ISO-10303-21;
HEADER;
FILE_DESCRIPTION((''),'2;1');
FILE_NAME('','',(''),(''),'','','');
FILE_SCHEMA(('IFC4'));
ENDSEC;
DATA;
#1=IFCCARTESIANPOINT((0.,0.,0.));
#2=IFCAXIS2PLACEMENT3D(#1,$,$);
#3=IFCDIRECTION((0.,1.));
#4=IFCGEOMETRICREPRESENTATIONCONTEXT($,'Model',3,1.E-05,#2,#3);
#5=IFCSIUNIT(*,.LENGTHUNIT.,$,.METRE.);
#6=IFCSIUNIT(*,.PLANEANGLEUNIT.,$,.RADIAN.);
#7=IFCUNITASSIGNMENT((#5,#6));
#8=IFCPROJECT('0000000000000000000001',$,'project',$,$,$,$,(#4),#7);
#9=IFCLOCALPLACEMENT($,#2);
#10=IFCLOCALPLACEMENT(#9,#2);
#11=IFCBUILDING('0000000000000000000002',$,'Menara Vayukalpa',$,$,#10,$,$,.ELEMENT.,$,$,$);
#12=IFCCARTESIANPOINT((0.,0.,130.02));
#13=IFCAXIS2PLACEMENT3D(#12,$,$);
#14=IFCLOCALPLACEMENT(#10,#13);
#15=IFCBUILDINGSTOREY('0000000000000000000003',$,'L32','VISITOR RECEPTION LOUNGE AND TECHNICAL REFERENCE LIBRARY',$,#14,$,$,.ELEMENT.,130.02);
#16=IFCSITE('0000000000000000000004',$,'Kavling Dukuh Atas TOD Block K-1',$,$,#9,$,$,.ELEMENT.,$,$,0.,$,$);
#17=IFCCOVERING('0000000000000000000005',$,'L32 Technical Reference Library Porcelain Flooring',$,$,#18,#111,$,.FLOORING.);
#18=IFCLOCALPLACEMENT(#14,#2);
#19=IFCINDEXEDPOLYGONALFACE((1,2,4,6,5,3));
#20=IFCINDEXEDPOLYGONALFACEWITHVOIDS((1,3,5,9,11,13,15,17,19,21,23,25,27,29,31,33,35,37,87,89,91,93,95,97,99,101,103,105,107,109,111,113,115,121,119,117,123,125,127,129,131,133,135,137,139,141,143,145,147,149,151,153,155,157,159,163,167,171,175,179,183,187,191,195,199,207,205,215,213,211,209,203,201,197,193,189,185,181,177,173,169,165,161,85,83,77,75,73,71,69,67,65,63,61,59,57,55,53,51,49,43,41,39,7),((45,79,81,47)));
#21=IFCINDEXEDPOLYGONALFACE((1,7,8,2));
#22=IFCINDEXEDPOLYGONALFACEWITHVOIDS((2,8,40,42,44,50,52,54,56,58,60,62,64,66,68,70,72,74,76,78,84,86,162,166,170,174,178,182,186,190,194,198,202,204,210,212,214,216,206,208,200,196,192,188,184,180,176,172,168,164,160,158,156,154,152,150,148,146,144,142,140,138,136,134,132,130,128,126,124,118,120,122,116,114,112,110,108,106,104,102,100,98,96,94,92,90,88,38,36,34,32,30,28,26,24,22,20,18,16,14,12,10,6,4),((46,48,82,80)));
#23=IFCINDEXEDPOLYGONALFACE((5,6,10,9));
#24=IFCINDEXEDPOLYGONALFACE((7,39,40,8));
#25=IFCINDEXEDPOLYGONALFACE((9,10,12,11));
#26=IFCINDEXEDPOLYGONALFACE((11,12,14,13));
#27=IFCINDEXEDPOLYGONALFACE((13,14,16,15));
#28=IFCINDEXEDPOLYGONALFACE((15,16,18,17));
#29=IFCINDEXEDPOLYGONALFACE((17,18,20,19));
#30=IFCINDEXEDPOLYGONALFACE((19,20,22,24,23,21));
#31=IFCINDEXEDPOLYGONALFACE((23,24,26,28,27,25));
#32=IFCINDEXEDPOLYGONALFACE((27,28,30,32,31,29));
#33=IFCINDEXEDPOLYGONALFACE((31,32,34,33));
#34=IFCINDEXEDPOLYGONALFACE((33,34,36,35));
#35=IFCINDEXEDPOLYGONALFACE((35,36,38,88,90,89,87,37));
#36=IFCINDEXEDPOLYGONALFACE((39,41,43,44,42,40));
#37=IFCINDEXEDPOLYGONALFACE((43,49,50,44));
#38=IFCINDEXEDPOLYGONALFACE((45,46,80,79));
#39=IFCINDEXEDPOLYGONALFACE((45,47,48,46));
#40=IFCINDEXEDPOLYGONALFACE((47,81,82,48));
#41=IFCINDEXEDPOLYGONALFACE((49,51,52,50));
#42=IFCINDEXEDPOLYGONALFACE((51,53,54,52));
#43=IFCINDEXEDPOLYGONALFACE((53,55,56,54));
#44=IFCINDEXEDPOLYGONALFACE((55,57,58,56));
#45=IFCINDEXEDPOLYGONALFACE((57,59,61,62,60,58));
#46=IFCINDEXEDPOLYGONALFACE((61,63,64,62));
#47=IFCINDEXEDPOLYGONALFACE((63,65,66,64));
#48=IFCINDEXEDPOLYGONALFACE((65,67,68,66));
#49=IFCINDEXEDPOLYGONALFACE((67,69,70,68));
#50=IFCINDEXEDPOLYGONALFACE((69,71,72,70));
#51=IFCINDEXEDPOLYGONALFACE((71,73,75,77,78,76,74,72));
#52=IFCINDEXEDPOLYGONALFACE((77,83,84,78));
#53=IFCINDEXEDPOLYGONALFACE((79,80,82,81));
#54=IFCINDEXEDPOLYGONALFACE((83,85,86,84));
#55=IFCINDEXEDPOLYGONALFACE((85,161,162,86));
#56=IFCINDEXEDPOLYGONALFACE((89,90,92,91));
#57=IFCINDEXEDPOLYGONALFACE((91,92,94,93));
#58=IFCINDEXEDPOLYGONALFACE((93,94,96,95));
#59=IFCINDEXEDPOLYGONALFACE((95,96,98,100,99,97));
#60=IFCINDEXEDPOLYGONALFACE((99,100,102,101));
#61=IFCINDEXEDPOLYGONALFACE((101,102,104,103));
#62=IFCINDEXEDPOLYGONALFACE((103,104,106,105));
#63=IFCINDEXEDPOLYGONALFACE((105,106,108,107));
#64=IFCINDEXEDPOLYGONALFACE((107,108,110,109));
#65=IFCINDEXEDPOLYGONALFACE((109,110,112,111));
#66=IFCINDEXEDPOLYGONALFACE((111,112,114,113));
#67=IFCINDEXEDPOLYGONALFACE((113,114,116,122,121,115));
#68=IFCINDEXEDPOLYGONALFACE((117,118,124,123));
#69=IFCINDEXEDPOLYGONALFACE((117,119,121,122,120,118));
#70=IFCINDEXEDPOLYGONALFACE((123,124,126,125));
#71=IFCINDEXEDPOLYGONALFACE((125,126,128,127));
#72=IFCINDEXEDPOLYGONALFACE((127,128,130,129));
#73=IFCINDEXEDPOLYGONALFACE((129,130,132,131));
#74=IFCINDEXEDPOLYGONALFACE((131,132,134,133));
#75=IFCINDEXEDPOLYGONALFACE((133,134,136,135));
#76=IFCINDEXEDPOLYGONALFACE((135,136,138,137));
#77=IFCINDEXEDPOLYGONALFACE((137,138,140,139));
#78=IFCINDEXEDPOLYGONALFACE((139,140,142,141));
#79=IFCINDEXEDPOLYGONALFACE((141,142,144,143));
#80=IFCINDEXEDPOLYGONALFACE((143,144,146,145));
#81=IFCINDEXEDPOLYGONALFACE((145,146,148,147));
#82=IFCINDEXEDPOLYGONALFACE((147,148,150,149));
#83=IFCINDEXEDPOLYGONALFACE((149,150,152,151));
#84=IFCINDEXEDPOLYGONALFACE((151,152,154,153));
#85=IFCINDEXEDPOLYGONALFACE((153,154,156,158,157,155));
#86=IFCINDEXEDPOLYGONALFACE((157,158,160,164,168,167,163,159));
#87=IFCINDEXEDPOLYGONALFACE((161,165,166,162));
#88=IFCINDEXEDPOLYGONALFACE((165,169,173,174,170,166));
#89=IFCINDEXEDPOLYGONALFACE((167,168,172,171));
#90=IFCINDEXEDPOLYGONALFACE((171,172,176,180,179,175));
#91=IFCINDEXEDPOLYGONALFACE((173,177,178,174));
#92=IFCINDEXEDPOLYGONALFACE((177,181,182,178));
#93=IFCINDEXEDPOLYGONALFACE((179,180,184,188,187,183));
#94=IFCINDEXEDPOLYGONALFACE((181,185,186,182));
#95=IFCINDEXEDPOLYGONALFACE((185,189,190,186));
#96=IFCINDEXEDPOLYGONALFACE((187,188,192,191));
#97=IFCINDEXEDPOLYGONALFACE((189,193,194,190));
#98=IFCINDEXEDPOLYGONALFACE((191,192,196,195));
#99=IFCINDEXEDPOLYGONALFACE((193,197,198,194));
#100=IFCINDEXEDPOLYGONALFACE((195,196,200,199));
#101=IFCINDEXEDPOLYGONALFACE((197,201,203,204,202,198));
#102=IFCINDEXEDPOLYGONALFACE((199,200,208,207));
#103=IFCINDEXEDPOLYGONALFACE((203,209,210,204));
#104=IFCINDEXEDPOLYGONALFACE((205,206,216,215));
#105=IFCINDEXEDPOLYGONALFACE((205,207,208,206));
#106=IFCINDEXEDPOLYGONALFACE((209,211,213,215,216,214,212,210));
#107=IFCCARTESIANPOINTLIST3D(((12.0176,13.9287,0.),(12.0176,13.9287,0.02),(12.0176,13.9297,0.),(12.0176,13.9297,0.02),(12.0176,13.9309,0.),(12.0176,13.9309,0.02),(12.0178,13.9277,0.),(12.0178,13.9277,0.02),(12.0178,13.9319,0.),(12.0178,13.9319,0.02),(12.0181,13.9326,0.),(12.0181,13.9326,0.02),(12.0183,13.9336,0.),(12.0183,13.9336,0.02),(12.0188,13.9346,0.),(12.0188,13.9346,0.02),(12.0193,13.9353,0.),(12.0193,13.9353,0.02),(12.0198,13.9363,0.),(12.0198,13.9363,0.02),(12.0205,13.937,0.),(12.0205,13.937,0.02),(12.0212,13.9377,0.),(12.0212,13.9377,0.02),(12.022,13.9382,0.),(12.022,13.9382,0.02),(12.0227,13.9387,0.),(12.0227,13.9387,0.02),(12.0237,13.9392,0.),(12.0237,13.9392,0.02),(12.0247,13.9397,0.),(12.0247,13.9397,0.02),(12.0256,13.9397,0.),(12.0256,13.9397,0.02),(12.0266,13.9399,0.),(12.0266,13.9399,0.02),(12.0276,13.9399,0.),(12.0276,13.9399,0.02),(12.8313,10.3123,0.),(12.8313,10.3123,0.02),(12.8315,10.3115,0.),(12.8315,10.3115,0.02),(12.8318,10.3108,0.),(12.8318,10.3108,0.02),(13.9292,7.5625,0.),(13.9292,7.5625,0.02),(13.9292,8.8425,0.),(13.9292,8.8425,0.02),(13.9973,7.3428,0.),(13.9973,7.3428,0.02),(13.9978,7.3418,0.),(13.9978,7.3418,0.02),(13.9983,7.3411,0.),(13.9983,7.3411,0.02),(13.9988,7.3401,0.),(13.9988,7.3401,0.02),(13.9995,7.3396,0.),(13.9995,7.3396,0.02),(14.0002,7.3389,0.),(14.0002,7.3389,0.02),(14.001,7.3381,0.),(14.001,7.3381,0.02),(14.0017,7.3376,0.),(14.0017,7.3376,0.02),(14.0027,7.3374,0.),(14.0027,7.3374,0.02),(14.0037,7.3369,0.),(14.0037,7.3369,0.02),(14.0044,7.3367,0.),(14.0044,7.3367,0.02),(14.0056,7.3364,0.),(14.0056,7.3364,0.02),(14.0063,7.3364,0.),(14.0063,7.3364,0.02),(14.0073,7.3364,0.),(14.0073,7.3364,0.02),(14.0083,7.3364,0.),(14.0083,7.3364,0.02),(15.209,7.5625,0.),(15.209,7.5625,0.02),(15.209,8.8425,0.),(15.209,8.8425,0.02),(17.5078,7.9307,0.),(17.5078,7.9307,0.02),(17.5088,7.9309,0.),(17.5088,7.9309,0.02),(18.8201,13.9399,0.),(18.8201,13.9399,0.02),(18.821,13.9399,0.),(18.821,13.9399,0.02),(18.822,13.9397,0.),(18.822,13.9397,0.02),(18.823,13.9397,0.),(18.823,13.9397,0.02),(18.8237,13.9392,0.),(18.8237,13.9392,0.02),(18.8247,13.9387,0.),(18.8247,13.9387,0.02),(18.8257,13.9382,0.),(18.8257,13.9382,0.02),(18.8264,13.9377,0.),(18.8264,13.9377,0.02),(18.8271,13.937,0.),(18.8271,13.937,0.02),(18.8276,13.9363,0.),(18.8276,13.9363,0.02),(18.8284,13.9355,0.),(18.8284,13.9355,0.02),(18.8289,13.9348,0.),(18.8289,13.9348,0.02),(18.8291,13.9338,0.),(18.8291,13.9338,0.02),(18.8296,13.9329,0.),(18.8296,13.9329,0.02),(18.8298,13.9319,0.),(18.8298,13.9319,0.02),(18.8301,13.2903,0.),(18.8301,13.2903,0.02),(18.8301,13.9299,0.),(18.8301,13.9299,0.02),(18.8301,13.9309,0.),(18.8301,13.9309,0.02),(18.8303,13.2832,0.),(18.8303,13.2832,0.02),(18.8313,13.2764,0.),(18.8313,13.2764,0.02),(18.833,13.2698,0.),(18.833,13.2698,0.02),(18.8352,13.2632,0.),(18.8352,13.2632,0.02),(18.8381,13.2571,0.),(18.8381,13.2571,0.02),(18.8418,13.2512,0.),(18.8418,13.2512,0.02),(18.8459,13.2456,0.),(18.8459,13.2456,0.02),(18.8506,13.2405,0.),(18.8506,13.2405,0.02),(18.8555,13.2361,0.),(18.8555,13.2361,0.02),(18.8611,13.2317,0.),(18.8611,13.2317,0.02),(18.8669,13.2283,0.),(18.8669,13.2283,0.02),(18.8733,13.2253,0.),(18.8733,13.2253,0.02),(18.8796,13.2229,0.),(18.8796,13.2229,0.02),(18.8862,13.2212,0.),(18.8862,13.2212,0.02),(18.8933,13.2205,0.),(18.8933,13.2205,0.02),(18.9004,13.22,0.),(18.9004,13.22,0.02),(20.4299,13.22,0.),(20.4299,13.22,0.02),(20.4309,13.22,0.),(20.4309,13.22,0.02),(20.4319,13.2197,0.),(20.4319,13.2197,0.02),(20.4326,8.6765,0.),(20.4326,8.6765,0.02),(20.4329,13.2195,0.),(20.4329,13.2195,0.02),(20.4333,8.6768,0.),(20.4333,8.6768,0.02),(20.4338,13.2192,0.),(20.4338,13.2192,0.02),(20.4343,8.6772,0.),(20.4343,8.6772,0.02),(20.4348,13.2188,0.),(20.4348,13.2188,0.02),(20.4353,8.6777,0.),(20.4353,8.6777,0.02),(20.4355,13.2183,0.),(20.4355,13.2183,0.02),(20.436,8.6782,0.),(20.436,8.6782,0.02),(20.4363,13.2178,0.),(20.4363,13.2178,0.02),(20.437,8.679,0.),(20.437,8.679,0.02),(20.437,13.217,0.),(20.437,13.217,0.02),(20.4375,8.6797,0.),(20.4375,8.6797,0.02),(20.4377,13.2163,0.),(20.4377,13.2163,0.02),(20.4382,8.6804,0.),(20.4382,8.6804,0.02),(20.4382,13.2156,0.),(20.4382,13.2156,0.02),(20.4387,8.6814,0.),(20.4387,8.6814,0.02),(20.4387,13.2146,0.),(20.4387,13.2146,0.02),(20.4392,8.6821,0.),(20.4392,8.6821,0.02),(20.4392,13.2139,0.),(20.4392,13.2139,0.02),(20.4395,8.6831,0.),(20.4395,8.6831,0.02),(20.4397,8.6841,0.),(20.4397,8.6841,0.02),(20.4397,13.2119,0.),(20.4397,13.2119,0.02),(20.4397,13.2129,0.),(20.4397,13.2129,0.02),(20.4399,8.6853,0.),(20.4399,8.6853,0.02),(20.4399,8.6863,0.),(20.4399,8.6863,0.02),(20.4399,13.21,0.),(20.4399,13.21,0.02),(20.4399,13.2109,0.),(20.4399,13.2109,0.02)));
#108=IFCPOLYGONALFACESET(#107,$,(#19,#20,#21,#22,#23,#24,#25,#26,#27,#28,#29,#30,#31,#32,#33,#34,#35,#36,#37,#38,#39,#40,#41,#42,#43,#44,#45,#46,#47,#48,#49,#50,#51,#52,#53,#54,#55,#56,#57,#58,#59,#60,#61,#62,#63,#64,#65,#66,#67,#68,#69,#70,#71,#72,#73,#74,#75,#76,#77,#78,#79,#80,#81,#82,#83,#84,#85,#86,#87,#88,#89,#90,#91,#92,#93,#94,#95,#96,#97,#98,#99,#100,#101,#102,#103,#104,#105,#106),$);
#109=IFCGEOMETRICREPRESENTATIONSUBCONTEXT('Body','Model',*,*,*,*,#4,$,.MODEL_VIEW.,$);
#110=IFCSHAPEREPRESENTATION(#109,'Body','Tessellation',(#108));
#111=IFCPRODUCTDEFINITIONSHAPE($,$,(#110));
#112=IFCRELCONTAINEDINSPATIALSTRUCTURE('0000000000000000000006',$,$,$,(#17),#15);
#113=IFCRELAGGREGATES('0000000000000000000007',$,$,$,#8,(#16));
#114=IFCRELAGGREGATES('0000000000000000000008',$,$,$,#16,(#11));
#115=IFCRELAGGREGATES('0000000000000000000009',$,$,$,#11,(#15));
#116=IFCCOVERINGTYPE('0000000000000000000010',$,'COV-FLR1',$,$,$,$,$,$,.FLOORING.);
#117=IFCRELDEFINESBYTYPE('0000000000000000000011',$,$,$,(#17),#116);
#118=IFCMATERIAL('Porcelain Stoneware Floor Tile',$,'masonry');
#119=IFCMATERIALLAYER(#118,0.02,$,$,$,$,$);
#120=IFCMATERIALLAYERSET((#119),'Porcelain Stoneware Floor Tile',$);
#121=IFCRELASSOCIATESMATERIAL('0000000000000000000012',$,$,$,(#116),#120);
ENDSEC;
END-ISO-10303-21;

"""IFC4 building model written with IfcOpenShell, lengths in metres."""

from ifc_helpers import new_model, si_unit, direction, frame, origin, place, context, subcontext, project, spatial, polyline, outline, extrude, material, layer, layer_set, type_object, element, save


model = new_model("IFC4")

# Units and contexts
model_context = context("Model", 3, precision=1e-05, world=origin(), true_north=direction((0.0, 1.0)))
body_context = subcontext(model_context, "Body", "Model", "MODEL_VIEW")
ifc_project = project(units=[si_unit("LENGTHUNIT", "METRE"), si_unit("PLANEANGLEUNIT", "RADIAN")], contexts=[model_context])

# Site, building, storey
site_placement = place(None, origin())
site = spatial("IfcSite", under=ifc_project, at=site_placement, Name="Kavling Dukuh Atas TOD Block K-1", CompositionType="ELEMENT", RefElevation=0.0)
building_placement = place(site_placement, origin())
building = spatial("IfcBuilding", under=site, at=building_placement, Name="Menara Vayukalpa", CompositionType="ELEMENT")
storey_placement = place(building_placement, frame((0.0, 0.0, 130.02)))
storey = spatial("IfcBuildingStorey", under=building, at=storey_placement, Name="L32", Description="VISITOR RECEPTION LOUNGE AND TECHNICAL REFERENCE LIBRARY", CompositionType="ELEMENT", Elevation=130.02)

# Covering
ifc_material_1 = material(Name="Porcelain Stoneware Floor Tile", Category="masonry")
ifc_layer_1 = layer(ifc_material_1, 0.02)
ifc_layer_set_1 = layer_set([ifc_layer_1], Name="Porcelain Stoneware Floor Tile")
covering_type_1 = type_object("IfcCoveringType", Name="COV-FLR1", PredefinedType="FLOORING", material=ifc_layer_set_1)
covering_1_placement = place(storey_placement, origin())
element("IfcCovering", 1, at=covering_1_placement, inside=storey, type_object=covering_type_1, Name="L32 Technical Reference Library Porcelain Flooring", PredefinedType="FLOORING", context=body_context, shape_type="SweptSolid", body=[
    extrude(outline(polyline([(14.0083, 7.3364), (14.0073, 7.3364), (14.0063, 7.3364), (14.0056, 7.3364), (14.0044, 7.3367), (14.0037, 7.3369), (14.0027, 7.3374), (14.0017, 7.3376), (14.001, 7.3381), (14.0002, 7.3389), (13.9995, 7.3396), (13.9988, 7.3401), (13.9983, 7.3411), (13.9978, 7.3418), (13.9973, 7.3428), (12.8318, 10.3108), (12.8315, 10.3115), (12.8313, 10.3123), (12.0178, 13.9277), (12.0176, 13.9287), (12.0176, 13.9297), (12.0176, 13.9309), (12.0178, 13.9319), (12.0181, 13.9326), (12.0183, 13.9336), (12.0188, 13.9346), (12.0193, 13.9353), (12.0198, 13.9363), (12.0205, 13.937), (12.0212, 13.9377), (12.022, 13.9382), (12.0227, 13.9387), (12.0237, 13.9392), (12.0247, 13.9397), (12.0256, 13.9397), (12.0266, 13.9399), (12.0276, 13.9399), (18.8201, 13.9399), (18.821, 13.9399), (18.822, 13.9397), (18.823, 13.9397), (18.8237, 13.9392), (18.8247, 13.9387), (18.8257, 13.9382), (18.8264, 13.9377), (18.8271, 13.937), (18.8276, 13.9363), (18.8284, 13.9355), (18.8289, 13.9348), (18.8291, 13.9338), (18.8296, 13.9329), (18.8298, 13.9319), (18.8301, 13.9309), (18.8301, 13.9299), (18.8301, 13.2903), (18.8303, 13.2832), (18.8313, 13.2764), (18.833, 13.2698), (18.8352, 13.2632), (18.8381, 13.2571), (18.8418, 13.2512), (18.8459, 13.2456), (18.8506, 13.2405), (18.8555, 13.2361), (18.8611, 13.2317), (18.8669, 13.2283), (18.8733, 13.2253), (18.8796, 13.2229), (18.8862, 13.2212), (18.8933, 13.2205), (18.9004, 13.22), (20.4299, 13.22), (20.4309, 13.22), (20.4319, 13.2197), (20.4329, 13.2195), (20.4338, 13.2192), (20.4348, 13.2188), (20.4355, 13.2183), (20.4363, 13.2178), (20.437, 13.217), (20.4377, 13.2163), (20.4382, 13.2156), (20.4387, 13.2146), (20.4392, 13.2139), (20.4397, 13.2129), (20.4397, 13.2119), (20.4399, 13.2109), (20.4399, 13.21), (20.4399, 8.6863), (20.4399, 8.6853), (20.4397, 8.6841), (20.4395, 8.6831), (20.4392, 8.6821), (20.4387, 8.6814), (20.4382, 8.6804), (20.4375, 8.6797), (20.437, 8.679), (20.436, 8.6782), (20.4353, 8.6777), (20.4343, 8.6772), (20.4333, 8.6768), (20.4326, 8.6765), (17.5088, 7.9309), (17.5078, 7.9307), (14.0083, 7.3364)]), holes=[polyline([(15.209, 8.8425), (13.9292, 8.8425), (13.9292, 7.5625), (15.209, 7.5625), (15.209, 8.8425)])]), origin(), (0.0, 0.0, 1.0), 0.02),
])

save(model, "model.ifc")
